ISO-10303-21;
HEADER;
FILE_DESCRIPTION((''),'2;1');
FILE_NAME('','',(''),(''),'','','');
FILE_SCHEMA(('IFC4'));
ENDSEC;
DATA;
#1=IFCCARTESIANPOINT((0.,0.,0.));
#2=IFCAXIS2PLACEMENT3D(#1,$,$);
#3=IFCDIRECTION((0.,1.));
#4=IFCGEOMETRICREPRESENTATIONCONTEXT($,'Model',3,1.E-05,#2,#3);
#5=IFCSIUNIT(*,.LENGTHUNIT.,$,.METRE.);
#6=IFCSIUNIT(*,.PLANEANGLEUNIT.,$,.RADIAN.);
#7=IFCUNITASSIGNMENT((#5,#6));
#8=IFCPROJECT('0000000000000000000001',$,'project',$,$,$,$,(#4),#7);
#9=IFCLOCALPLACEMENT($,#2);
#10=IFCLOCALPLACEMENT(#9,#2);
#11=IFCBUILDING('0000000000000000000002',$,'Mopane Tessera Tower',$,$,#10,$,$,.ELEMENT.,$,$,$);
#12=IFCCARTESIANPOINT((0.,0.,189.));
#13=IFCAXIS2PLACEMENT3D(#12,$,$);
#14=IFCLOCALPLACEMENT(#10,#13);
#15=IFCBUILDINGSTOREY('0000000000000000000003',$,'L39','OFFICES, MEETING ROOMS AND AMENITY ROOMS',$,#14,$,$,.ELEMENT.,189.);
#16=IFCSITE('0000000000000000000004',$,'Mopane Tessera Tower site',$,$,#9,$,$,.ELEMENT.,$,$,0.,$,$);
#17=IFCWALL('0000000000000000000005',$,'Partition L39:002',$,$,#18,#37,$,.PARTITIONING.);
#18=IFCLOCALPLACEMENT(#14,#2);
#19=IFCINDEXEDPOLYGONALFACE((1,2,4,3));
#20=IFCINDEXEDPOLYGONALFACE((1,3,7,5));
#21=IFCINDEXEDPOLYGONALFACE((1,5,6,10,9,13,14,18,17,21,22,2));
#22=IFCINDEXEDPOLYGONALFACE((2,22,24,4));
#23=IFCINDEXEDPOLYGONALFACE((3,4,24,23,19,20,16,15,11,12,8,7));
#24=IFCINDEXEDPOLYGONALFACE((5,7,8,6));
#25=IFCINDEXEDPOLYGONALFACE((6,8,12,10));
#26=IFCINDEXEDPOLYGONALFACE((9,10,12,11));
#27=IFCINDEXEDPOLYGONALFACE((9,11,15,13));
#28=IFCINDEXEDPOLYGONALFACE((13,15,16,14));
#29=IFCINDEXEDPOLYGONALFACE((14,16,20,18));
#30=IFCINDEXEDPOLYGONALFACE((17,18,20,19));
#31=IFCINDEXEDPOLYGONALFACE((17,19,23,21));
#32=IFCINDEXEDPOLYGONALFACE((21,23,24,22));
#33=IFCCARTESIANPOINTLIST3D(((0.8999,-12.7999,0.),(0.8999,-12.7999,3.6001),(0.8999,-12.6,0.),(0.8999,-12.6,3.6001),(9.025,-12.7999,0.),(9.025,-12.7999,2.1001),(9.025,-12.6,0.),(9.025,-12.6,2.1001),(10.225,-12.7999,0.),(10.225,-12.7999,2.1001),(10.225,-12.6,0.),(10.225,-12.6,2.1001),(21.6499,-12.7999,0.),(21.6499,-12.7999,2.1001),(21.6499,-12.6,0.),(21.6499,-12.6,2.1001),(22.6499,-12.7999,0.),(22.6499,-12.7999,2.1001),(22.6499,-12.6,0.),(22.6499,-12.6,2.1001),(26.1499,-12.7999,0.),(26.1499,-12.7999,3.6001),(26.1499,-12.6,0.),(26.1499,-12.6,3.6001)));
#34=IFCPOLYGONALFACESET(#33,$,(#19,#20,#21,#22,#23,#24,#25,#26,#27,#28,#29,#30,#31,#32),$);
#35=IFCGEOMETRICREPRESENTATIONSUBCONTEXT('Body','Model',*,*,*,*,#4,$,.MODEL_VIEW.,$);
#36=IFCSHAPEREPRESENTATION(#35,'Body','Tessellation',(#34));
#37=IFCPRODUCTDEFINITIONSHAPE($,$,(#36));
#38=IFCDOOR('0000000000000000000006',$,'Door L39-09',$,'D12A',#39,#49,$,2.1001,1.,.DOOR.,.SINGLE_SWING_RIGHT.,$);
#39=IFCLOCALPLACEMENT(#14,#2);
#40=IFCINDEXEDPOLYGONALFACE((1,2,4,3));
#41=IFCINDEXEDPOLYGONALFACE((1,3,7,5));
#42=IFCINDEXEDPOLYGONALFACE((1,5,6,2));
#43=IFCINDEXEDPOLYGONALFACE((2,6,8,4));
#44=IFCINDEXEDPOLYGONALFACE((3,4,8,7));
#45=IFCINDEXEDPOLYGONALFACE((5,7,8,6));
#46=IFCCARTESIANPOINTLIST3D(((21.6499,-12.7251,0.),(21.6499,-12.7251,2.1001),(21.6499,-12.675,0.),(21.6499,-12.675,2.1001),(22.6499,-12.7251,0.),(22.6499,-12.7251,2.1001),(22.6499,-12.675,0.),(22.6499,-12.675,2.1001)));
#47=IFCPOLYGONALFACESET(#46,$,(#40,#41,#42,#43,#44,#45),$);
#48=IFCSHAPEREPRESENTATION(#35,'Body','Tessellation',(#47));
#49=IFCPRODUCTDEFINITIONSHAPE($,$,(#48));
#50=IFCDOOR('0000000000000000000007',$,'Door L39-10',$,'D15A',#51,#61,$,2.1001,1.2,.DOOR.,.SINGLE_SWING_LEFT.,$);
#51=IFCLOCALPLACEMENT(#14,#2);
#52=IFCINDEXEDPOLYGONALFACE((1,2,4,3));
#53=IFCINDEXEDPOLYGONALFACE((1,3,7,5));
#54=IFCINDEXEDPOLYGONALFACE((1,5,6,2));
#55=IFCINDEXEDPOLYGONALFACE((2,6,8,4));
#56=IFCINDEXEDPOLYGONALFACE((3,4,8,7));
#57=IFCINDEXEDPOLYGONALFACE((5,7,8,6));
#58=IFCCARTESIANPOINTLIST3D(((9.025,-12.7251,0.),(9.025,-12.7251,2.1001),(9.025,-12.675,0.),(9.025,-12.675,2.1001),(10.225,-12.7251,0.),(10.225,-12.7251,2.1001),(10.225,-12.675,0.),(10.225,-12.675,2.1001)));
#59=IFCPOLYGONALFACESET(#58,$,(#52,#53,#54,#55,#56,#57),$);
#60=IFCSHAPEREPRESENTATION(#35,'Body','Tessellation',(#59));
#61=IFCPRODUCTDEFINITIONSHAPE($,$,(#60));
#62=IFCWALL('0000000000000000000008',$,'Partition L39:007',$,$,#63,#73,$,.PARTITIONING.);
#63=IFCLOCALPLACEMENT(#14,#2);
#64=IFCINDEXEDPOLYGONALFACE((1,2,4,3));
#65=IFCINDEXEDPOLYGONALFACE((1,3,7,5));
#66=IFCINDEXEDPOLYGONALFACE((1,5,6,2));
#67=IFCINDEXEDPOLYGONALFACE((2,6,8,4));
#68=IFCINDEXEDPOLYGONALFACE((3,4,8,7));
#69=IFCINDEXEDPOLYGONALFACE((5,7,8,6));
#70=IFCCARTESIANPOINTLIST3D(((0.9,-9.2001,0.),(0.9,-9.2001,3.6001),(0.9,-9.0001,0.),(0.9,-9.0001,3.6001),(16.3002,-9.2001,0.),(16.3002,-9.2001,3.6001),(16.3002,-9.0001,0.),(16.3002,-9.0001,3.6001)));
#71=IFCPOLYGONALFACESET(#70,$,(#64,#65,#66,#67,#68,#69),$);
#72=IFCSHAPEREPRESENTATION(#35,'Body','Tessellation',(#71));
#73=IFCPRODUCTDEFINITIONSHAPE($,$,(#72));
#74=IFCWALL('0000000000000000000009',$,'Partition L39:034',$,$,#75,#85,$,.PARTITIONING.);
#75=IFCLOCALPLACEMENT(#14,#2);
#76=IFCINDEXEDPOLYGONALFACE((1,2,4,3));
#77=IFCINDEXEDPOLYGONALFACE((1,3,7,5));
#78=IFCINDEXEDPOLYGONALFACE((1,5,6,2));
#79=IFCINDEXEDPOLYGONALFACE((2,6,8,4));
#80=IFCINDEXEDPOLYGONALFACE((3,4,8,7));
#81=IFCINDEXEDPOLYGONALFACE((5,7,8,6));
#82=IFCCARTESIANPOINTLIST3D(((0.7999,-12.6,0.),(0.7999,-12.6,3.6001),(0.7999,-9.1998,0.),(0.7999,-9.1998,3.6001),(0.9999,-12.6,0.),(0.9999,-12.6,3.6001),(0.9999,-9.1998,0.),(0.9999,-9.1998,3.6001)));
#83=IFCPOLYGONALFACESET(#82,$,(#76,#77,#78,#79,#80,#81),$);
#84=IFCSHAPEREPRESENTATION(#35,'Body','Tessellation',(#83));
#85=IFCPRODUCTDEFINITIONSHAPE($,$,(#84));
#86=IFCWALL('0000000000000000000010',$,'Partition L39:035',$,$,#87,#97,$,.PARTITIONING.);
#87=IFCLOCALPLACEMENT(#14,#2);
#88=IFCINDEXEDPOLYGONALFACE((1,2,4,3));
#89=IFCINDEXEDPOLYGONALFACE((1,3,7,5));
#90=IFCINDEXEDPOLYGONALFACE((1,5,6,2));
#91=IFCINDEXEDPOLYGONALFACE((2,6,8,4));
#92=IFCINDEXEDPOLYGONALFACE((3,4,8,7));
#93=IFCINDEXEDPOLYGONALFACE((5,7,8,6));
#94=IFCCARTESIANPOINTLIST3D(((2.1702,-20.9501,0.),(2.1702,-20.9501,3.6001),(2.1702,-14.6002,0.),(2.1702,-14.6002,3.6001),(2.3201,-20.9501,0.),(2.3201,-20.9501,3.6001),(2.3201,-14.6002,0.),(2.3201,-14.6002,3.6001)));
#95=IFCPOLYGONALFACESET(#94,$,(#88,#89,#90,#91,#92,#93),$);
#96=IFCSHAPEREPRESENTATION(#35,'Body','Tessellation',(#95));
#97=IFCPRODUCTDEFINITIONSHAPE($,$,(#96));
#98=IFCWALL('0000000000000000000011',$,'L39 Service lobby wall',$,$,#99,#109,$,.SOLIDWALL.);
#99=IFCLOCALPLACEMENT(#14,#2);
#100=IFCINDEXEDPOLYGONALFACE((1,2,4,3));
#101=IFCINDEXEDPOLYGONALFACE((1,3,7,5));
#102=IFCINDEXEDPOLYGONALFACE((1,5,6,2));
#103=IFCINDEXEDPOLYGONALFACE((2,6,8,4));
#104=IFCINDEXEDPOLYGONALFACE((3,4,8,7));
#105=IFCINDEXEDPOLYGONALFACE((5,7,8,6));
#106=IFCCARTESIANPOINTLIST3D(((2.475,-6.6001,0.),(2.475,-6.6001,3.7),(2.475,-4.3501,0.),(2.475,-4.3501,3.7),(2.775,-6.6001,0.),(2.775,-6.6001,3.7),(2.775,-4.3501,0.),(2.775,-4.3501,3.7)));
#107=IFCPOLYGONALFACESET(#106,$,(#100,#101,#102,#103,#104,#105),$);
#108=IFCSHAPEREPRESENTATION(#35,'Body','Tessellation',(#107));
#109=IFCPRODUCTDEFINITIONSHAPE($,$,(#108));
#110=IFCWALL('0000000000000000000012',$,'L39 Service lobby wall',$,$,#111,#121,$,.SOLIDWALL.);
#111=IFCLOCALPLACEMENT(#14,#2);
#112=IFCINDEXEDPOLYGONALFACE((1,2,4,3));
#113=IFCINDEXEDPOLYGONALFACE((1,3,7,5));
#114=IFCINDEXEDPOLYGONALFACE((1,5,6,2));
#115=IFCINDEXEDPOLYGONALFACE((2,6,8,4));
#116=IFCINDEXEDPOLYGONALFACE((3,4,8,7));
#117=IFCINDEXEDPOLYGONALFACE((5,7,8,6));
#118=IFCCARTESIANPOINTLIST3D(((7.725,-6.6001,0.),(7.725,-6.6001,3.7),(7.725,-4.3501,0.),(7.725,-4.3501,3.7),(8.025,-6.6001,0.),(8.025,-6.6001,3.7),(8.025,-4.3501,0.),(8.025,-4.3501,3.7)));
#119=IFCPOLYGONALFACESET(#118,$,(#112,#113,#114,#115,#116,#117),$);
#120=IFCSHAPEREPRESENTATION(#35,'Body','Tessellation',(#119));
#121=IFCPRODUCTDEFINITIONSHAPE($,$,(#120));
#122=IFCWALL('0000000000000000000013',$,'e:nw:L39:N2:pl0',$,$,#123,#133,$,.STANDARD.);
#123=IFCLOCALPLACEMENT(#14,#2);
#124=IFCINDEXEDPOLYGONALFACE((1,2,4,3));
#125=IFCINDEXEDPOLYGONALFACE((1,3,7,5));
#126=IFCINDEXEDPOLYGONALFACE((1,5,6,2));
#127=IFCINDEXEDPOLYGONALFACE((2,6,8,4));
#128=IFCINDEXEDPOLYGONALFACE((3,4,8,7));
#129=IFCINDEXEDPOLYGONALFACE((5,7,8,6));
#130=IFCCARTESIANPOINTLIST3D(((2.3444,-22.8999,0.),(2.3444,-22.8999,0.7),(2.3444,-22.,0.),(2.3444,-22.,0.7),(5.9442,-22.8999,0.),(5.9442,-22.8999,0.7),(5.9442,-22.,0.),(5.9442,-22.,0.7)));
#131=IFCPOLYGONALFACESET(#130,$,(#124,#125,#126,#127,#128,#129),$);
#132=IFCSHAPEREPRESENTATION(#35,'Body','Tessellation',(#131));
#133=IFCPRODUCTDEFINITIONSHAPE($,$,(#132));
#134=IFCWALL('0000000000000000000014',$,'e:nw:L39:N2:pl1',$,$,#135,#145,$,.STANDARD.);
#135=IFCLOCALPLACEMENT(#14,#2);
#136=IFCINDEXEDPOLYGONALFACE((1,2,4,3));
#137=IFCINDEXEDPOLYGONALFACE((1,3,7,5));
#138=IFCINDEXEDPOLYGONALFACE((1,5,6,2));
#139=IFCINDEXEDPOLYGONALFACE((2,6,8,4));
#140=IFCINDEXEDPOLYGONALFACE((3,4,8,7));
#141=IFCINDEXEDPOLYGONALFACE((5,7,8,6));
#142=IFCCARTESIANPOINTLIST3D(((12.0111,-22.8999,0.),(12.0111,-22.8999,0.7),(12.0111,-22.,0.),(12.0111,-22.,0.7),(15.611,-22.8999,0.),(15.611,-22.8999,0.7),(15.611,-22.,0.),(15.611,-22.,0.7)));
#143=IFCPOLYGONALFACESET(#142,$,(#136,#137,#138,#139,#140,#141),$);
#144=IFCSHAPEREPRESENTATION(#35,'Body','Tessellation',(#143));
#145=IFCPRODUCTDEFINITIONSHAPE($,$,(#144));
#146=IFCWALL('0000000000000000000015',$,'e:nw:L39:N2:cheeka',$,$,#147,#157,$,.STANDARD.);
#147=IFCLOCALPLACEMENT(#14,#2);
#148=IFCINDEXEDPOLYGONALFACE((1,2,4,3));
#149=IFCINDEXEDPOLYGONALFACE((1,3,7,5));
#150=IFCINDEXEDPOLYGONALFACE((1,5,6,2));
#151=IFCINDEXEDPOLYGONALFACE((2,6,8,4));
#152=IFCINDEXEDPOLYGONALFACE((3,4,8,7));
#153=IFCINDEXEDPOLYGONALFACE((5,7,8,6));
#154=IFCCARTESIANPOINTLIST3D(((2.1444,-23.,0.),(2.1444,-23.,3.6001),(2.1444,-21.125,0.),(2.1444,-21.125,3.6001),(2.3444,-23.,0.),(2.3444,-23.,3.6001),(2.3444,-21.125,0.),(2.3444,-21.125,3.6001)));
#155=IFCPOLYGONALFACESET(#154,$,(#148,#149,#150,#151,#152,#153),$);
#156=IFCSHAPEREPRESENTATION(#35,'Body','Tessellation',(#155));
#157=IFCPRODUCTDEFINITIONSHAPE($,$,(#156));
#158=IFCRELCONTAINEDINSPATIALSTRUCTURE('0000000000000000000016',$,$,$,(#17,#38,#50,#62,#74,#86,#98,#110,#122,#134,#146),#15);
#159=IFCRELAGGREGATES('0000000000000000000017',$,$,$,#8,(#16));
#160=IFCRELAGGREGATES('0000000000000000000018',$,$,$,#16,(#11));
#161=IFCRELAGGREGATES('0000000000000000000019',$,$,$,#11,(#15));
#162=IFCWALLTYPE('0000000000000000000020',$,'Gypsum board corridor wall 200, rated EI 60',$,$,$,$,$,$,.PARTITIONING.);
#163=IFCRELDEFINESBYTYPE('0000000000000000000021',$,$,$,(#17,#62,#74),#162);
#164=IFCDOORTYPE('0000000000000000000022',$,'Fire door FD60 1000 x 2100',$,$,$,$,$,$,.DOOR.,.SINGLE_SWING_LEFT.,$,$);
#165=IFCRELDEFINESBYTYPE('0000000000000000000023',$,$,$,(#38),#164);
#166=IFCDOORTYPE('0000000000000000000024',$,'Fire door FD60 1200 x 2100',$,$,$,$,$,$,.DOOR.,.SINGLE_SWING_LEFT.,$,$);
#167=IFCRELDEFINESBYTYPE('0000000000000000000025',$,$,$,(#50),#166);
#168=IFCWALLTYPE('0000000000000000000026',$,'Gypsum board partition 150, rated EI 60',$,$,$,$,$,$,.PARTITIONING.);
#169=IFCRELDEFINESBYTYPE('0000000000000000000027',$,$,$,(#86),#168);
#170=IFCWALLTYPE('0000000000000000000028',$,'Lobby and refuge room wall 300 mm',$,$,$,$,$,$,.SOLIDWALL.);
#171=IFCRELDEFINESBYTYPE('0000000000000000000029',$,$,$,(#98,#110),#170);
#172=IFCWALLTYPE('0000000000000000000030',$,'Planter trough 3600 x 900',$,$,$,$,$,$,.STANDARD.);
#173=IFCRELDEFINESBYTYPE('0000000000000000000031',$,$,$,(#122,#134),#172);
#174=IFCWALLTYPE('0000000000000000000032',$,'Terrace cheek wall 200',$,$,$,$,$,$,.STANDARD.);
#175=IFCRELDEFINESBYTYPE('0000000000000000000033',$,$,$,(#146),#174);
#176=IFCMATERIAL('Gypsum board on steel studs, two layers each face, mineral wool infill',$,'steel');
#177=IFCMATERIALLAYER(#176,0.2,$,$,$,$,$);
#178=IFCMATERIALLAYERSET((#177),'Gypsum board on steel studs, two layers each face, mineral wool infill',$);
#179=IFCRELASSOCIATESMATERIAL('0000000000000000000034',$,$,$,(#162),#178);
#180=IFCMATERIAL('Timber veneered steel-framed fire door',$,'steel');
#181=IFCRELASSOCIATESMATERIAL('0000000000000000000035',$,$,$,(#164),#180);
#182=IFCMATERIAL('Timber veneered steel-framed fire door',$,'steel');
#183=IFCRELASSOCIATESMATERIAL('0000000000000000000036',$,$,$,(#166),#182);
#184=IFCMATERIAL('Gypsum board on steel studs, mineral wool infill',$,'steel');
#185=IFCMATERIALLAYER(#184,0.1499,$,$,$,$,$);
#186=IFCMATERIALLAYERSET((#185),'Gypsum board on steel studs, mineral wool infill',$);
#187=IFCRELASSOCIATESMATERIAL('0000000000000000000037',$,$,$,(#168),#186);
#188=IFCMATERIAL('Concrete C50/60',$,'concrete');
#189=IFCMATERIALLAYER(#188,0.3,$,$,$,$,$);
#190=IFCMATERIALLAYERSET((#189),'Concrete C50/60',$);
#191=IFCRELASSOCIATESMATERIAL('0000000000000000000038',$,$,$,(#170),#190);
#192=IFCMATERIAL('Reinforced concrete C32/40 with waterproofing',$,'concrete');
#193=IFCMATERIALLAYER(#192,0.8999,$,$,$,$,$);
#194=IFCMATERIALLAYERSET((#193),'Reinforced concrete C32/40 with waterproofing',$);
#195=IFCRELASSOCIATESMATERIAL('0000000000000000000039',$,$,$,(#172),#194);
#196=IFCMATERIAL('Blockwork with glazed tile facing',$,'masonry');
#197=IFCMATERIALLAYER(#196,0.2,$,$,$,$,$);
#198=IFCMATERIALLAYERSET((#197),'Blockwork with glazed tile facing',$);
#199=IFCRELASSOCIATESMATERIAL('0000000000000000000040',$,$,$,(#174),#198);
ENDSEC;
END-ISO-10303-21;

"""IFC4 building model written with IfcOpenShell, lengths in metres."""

from ifc_helpers import new_model, si_unit, direction, frame, frame_2d, origin, place, context, subcontext, project, spatial, rectangle, extrude, material, layer, layer_set, type_object, element, fill, save


model = new_model("IFC4")

# Units and contexts
model_context = context("Model", 3, precision=1e-05, world=origin(), true_north=direction((0.0, 1.0)))
body_context = subcontext(model_context, "Body", "Model", "MODEL_VIEW")
ifc_project = project(units=[si_unit("LENGTHUNIT", "METRE"), si_unit("PLANEANGLEUNIT", "RADIAN")], contexts=[model_context])

# Site, building, storey
site_placement = place(None, origin())
site = spatial("IfcSite", under=ifc_project, at=site_placement, Name="Mopane Tessera Tower site", CompositionType="ELEMENT", RefElevation=0.0)
building_placement = place(site_placement, origin())
building = spatial("IfcBuilding", under=site, at=building_placement, Name="Mopane Tessera Tower", CompositionType="ELEMENT")
storey_placement = place(building_placement, frame((0.0, 0.0, 189.0)))
storey = spatial("IfcBuildingStorey", under=building, at=storey_placement, Name="L39", Description="OFFICES, MEETING ROOMS AND AMENITY ROOMS", CompositionType="ELEMENT", Elevation=189.0)

# Wall, openings, doors
ifc_material_1 = material(Name="Gypsum board on steel studs, two layers each face, mineral wool infill", Category="steel")
ifc_layer_1 = layer(ifc_material_1, 0.2)
ifc_layer_set_1 = layer_set([ifc_layer_1], Name="Gypsum board on steel studs, two layers each face, mineral wool infill")
wall_type_1 = type_object("IfcWallType", Name="Gypsum board corridor wall 200, rated EI 60", PredefinedType="PARTITIONING", material=ifc_layer_set_1)
wall_1_placement = place(storey_placement, frame((0.8999, -12.7, 0.0), z_axis=(0.0, 0.0, 1.0), x_axis=(1.0, 0.0, 0.0)))
wall_1 = element("IfcWall", 1, at=wall_1_placement, inside=storey, type_object=wall_type_1, Name="Partition L39:002", PredefinedType="PARTITIONING", context=body_context, shape_type="SweptSolid", body=[
    extrude(rectangle(XDim=25.25, YDim=0.2, at=frame_2d((12.625, 0.0))), origin(), (0.0, 0.0, 1.0), 3.6001),
])
opening_1_placement = place(wall_1_placement, frame((20.75, 0.0, 0.0)))
opening_1 = element("IfcOpeningElement", 2, at=opening_1_placement, cuts=wall_1, PredefinedType="OPENING", context=body_context, shape_type="SweptSolid", body=[
    extrude(rectangle(XDim=1.0, YDim=2.1001, at=frame_2d((0.5, 1.05))), frame((0.0, 0.1121, 0.0), z_axis=(0.0, -1.0, 0.0), x_axis=(1.0, 0.0, 0.0)), (0.0, 0.0, 1.0), 0.2239),
])
opening_2_placement = place(wall_1_placement, frame((8.125, 0.0, 0.0)))
opening_2 = element("IfcOpeningElement", 3, at=opening_2_placement, cuts=wall_1, PredefinedType="OPENING", context=body_context, shape_type="SweptSolid", body=[
    extrude(rectangle(XDim=1.2, YDim=2.1001, at=frame_2d((0.6001, 1.05))), frame((0.0, 0.1121, 0.0), z_axis=(0.0, -1.0, 0.0), x_axis=(1.0, 0.0, 0.0)), (0.0, 0.0, 1.0), 0.2239),
])
ifc_material_2 = material(Name="Timber veneered steel-framed fire door", Category="steel")
door_type_1 = type_object("IfcDoorType", Name="Fire door FD60 1000 x 2100", OperationType="SINGLE_SWING_LEFT", PredefinedType="DOOR", material=ifc_material_2)
door_1_placement = place(opening_1_placement, origin())
door_1 = element("IfcDoor", 4, at=door_1_placement, inside=storey, type_object=door_type_1, Name="Door L39-09", ObjectType="D12A", OperationType="SINGLE_SWING_RIGHT", OverallHeight=2.1001, OverallWidth=1.0, PredefinedType="DOOR", context=body_context, shape_type="SweptSolid", body=[
    extrude(rectangle(XDim=1.0, YDim=2.1001, at=frame_2d((0.5, 1.05))), frame((0.0, 0.0249, 0.0), z_axis=(0.0, -1.0, 0.0), x_axis=(1.0, 0.0, 0.0)), (0.0, 0.0, 1.0), 0.05),
])
fill(opening_1, door_1)
ifc_material_3 = material(Name="Timber veneered steel-framed fire door", Category="steel")
door_type_2 = type_object("IfcDoorType", Name="Fire door FD60 1200 x 2100", OperationType="SINGLE_SWING_LEFT", PredefinedType="DOOR", material=ifc_material_3)
door_2_placement = place(opening_2_placement, origin())
door_2 = element("IfcDoor", 5, at=door_2_placement, inside=storey, type_object=door_type_2, Name="Door L39-10", ObjectType="D15A", OperationType="SINGLE_SWING_LEFT", OverallHeight=2.1001, OverallWidth=1.2, PredefinedType="DOOR", context=body_context, shape_type="SweptSolid", body=[
    extrude(rectangle(XDim=1.2, YDim=2.1001, at=frame_2d((0.6001, 1.05))), frame((0.0, 0.0249, 0.0), z_axis=(0.0, -1.0, 0.0), x_axis=(1.0, 0.0, 0.0)), (0.0, 0.0, 1.0), 0.05),
])
fill(opening_2, door_2)

# Walls
wall_2_placement = place(storey_placement, frame((0.8999, -9.1001, 0.0), z_axis=(0.0, 0.0, 1.0), x_axis=(1.0, 0.0, 0.0)))
element("IfcWall", 6, at=wall_2_placement, inside=storey, type_object=wall_type_1, Name="Partition L39:007", PredefinedType="PARTITIONING", context=body_context, shape_type="SweptSolid", body=[
    extrude(rectangle(XDim=15.4001, YDim=0.2, at=frame_2d((7.7002, 0.0))), origin(), (0.0, 0.0, 1.0), 3.6001),
])
wall_3_placement = place(storey_placement, frame((0.8999, -12.6001, 0.0), z_axis=(0.0, 0.0, 1.0), x_axis=(0.0, 1.0, 0.0)))
element("IfcWall", 7, at=wall_3_placement, inside=storey, type_object=wall_type_1, Name="Partition L39:034", PredefinedType="PARTITIONING", context=body_context, shape_type="SweptSolid", body=[
    extrude(rectangle(XDim=3.4001, YDim=0.2, at=frame_2d((1.7002, 0.0))), origin(), (0.0, 0.0, 1.0), 3.6001),
])
ifc_material_4 = material(Name="Gypsum board on steel studs, mineral wool infill", Category="steel")
ifc_layer_2 = layer(ifc_material_4, 0.1499)
ifc_layer_set_2 = layer_set([ifc_layer_2], Name="Gypsum board on steel studs, mineral wool infill")
wall_type_2 = type_object("IfcWallType", Name="Gypsum board partition 150, rated EI 60", PredefinedType="PARTITIONING", material=ifc_layer_set_2)
wall_4_placement = place(storey_placement, frame((2.2451, -20.95, 0.0), z_axis=(0.0, 0.0, 1.0), x_axis=(0.0, 1.0, 0.0)))
element("IfcWall", 8, at=wall_4_placement, inside=storey, type_object=wall_type_2, Name="Partition L39:035", PredefinedType="PARTITIONING", context=body_context, shape_type="SweptSolid", body=[
    extrude(rectangle(XDim=6.3499, YDim=0.1499, at=frame_2d((3.1748, 0.0))), origin(), (0.0, 0.0, 1.0), 3.6001),
])
ifc_material_5 = material(Name="Concrete C50/60", Category="concrete")
ifc_layer_3 = layer(ifc_material_5, 0.3)
ifc_layer_set_3 = layer_set([ifc_layer_3], Name="Concrete C50/60")
wall_type_3 = type_object("IfcWallType", Name="Lobby and refuge room wall 300 mm", PredefinedType="SOLIDWALL", material=ifc_layer_set_3)
for number, where, z_axis, x_axis, name in (
    (9, (2.625, -6.6001, 0.0), (0.0, 0.0, 1.0), (0.0, 1.0, 0.0), "L39 Service lobby wall"),
    (10, (7.875, -6.6001, 0.0), (0.0, 0.0, 1.0), (0.0, 1.0, 0.0), "L39 Service lobby wall"),
):
    element("IfcWall", number, at=place(storey_placement, frame(where, z_axis=z_axis, x_axis=x_axis)), inside=storey, type_object=wall_type_3, Name=name, PredefinedType="SOLIDWALL", context=body_context, shape_type="SweptSolid", body=[
        extrude(rectangle(XDim=2.25, YDim=0.3, at=frame_2d((1.125, 0.0))), origin(), (0.0, 0.0, 1.0), 3.7),
    ])
ifc_material_6 = material(Name="Reinforced concrete C32/40 with waterproofing", Category="concrete")
ifc_layer_4 = layer(ifc_material_6, 0.8999)
ifc_layer_set_4 = layer_set([ifc_layer_4], Name="Reinforced concrete C32/40 with waterproofing")
wall_type_4 = type_object("IfcWallType", Name="Planter trough 3600 x 900", PredefinedType="STANDARD", material=ifc_layer_set_4)
for number, where, z_axis, x_axis, name in (
    (11, (2.3445, -22.45, 0.0), (0.0, 0.0, 1.0), (1.0, 0.0, 0.0), "e:nw:L39:N2:pl0"),
    (12, (12.0112, -22.45, 0.0), (0.0, 0.0, 1.0), (1.0, 0.0, 0.0), "e:nw:L39:N2:pl1"),
):
    element("IfcWall", number, at=place(storey_placement, frame(where, z_axis=z_axis, x_axis=x_axis)), inside=storey, type_object=wall_type_4, Name=name, PredefinedType="STANDARD", context=body_context, shape_type="SweptSolid", body=[
        extrude(rectangle(XDim=3.5999, YDim=0.8999, at=frame_2d((1.7998, 0.0))), origin(), (0.0, 0.0, 1.0), 0.7),
    ])
ifc_material_7 = material(Name="Blockwork with glazed tile facing", Category="masonry")
ifc_layer_5 = layer(ifc_material_7, 0.2)
ifc_layer_set_5 = layer_set([ifc_layer_5], Name="Blockwork with glazed tile facing")
wall_type_5 = type_object("IfcWallType", Name="Terrace cheek wall 200", PredefinedType="STANDARD", material=ifc_layer_set_5)
wall_5_placement = place(storey_placement, frame((2.2444, -23.0, 0.0), z_axis=(0.0, 0.0, 1.0), x_axis=(0.0, 1.0, 0.0)))
element("IfcWall", 13, at=wall_5_placement, inside=storey, type_object=wall_type_5, Name="e:nw:L39:N2:cheeka", PredefinedType="STANDARD", context=body_context, shape_type="SweptSolid", body=[
    extrude(rectangle(XDim=1.875, YDim=0.2, at=frame_2d((0.9375, 0.0))), origin(), (0.0, 0.0, 1.0), 3.6001),
])

save(model, "model.ifc")
